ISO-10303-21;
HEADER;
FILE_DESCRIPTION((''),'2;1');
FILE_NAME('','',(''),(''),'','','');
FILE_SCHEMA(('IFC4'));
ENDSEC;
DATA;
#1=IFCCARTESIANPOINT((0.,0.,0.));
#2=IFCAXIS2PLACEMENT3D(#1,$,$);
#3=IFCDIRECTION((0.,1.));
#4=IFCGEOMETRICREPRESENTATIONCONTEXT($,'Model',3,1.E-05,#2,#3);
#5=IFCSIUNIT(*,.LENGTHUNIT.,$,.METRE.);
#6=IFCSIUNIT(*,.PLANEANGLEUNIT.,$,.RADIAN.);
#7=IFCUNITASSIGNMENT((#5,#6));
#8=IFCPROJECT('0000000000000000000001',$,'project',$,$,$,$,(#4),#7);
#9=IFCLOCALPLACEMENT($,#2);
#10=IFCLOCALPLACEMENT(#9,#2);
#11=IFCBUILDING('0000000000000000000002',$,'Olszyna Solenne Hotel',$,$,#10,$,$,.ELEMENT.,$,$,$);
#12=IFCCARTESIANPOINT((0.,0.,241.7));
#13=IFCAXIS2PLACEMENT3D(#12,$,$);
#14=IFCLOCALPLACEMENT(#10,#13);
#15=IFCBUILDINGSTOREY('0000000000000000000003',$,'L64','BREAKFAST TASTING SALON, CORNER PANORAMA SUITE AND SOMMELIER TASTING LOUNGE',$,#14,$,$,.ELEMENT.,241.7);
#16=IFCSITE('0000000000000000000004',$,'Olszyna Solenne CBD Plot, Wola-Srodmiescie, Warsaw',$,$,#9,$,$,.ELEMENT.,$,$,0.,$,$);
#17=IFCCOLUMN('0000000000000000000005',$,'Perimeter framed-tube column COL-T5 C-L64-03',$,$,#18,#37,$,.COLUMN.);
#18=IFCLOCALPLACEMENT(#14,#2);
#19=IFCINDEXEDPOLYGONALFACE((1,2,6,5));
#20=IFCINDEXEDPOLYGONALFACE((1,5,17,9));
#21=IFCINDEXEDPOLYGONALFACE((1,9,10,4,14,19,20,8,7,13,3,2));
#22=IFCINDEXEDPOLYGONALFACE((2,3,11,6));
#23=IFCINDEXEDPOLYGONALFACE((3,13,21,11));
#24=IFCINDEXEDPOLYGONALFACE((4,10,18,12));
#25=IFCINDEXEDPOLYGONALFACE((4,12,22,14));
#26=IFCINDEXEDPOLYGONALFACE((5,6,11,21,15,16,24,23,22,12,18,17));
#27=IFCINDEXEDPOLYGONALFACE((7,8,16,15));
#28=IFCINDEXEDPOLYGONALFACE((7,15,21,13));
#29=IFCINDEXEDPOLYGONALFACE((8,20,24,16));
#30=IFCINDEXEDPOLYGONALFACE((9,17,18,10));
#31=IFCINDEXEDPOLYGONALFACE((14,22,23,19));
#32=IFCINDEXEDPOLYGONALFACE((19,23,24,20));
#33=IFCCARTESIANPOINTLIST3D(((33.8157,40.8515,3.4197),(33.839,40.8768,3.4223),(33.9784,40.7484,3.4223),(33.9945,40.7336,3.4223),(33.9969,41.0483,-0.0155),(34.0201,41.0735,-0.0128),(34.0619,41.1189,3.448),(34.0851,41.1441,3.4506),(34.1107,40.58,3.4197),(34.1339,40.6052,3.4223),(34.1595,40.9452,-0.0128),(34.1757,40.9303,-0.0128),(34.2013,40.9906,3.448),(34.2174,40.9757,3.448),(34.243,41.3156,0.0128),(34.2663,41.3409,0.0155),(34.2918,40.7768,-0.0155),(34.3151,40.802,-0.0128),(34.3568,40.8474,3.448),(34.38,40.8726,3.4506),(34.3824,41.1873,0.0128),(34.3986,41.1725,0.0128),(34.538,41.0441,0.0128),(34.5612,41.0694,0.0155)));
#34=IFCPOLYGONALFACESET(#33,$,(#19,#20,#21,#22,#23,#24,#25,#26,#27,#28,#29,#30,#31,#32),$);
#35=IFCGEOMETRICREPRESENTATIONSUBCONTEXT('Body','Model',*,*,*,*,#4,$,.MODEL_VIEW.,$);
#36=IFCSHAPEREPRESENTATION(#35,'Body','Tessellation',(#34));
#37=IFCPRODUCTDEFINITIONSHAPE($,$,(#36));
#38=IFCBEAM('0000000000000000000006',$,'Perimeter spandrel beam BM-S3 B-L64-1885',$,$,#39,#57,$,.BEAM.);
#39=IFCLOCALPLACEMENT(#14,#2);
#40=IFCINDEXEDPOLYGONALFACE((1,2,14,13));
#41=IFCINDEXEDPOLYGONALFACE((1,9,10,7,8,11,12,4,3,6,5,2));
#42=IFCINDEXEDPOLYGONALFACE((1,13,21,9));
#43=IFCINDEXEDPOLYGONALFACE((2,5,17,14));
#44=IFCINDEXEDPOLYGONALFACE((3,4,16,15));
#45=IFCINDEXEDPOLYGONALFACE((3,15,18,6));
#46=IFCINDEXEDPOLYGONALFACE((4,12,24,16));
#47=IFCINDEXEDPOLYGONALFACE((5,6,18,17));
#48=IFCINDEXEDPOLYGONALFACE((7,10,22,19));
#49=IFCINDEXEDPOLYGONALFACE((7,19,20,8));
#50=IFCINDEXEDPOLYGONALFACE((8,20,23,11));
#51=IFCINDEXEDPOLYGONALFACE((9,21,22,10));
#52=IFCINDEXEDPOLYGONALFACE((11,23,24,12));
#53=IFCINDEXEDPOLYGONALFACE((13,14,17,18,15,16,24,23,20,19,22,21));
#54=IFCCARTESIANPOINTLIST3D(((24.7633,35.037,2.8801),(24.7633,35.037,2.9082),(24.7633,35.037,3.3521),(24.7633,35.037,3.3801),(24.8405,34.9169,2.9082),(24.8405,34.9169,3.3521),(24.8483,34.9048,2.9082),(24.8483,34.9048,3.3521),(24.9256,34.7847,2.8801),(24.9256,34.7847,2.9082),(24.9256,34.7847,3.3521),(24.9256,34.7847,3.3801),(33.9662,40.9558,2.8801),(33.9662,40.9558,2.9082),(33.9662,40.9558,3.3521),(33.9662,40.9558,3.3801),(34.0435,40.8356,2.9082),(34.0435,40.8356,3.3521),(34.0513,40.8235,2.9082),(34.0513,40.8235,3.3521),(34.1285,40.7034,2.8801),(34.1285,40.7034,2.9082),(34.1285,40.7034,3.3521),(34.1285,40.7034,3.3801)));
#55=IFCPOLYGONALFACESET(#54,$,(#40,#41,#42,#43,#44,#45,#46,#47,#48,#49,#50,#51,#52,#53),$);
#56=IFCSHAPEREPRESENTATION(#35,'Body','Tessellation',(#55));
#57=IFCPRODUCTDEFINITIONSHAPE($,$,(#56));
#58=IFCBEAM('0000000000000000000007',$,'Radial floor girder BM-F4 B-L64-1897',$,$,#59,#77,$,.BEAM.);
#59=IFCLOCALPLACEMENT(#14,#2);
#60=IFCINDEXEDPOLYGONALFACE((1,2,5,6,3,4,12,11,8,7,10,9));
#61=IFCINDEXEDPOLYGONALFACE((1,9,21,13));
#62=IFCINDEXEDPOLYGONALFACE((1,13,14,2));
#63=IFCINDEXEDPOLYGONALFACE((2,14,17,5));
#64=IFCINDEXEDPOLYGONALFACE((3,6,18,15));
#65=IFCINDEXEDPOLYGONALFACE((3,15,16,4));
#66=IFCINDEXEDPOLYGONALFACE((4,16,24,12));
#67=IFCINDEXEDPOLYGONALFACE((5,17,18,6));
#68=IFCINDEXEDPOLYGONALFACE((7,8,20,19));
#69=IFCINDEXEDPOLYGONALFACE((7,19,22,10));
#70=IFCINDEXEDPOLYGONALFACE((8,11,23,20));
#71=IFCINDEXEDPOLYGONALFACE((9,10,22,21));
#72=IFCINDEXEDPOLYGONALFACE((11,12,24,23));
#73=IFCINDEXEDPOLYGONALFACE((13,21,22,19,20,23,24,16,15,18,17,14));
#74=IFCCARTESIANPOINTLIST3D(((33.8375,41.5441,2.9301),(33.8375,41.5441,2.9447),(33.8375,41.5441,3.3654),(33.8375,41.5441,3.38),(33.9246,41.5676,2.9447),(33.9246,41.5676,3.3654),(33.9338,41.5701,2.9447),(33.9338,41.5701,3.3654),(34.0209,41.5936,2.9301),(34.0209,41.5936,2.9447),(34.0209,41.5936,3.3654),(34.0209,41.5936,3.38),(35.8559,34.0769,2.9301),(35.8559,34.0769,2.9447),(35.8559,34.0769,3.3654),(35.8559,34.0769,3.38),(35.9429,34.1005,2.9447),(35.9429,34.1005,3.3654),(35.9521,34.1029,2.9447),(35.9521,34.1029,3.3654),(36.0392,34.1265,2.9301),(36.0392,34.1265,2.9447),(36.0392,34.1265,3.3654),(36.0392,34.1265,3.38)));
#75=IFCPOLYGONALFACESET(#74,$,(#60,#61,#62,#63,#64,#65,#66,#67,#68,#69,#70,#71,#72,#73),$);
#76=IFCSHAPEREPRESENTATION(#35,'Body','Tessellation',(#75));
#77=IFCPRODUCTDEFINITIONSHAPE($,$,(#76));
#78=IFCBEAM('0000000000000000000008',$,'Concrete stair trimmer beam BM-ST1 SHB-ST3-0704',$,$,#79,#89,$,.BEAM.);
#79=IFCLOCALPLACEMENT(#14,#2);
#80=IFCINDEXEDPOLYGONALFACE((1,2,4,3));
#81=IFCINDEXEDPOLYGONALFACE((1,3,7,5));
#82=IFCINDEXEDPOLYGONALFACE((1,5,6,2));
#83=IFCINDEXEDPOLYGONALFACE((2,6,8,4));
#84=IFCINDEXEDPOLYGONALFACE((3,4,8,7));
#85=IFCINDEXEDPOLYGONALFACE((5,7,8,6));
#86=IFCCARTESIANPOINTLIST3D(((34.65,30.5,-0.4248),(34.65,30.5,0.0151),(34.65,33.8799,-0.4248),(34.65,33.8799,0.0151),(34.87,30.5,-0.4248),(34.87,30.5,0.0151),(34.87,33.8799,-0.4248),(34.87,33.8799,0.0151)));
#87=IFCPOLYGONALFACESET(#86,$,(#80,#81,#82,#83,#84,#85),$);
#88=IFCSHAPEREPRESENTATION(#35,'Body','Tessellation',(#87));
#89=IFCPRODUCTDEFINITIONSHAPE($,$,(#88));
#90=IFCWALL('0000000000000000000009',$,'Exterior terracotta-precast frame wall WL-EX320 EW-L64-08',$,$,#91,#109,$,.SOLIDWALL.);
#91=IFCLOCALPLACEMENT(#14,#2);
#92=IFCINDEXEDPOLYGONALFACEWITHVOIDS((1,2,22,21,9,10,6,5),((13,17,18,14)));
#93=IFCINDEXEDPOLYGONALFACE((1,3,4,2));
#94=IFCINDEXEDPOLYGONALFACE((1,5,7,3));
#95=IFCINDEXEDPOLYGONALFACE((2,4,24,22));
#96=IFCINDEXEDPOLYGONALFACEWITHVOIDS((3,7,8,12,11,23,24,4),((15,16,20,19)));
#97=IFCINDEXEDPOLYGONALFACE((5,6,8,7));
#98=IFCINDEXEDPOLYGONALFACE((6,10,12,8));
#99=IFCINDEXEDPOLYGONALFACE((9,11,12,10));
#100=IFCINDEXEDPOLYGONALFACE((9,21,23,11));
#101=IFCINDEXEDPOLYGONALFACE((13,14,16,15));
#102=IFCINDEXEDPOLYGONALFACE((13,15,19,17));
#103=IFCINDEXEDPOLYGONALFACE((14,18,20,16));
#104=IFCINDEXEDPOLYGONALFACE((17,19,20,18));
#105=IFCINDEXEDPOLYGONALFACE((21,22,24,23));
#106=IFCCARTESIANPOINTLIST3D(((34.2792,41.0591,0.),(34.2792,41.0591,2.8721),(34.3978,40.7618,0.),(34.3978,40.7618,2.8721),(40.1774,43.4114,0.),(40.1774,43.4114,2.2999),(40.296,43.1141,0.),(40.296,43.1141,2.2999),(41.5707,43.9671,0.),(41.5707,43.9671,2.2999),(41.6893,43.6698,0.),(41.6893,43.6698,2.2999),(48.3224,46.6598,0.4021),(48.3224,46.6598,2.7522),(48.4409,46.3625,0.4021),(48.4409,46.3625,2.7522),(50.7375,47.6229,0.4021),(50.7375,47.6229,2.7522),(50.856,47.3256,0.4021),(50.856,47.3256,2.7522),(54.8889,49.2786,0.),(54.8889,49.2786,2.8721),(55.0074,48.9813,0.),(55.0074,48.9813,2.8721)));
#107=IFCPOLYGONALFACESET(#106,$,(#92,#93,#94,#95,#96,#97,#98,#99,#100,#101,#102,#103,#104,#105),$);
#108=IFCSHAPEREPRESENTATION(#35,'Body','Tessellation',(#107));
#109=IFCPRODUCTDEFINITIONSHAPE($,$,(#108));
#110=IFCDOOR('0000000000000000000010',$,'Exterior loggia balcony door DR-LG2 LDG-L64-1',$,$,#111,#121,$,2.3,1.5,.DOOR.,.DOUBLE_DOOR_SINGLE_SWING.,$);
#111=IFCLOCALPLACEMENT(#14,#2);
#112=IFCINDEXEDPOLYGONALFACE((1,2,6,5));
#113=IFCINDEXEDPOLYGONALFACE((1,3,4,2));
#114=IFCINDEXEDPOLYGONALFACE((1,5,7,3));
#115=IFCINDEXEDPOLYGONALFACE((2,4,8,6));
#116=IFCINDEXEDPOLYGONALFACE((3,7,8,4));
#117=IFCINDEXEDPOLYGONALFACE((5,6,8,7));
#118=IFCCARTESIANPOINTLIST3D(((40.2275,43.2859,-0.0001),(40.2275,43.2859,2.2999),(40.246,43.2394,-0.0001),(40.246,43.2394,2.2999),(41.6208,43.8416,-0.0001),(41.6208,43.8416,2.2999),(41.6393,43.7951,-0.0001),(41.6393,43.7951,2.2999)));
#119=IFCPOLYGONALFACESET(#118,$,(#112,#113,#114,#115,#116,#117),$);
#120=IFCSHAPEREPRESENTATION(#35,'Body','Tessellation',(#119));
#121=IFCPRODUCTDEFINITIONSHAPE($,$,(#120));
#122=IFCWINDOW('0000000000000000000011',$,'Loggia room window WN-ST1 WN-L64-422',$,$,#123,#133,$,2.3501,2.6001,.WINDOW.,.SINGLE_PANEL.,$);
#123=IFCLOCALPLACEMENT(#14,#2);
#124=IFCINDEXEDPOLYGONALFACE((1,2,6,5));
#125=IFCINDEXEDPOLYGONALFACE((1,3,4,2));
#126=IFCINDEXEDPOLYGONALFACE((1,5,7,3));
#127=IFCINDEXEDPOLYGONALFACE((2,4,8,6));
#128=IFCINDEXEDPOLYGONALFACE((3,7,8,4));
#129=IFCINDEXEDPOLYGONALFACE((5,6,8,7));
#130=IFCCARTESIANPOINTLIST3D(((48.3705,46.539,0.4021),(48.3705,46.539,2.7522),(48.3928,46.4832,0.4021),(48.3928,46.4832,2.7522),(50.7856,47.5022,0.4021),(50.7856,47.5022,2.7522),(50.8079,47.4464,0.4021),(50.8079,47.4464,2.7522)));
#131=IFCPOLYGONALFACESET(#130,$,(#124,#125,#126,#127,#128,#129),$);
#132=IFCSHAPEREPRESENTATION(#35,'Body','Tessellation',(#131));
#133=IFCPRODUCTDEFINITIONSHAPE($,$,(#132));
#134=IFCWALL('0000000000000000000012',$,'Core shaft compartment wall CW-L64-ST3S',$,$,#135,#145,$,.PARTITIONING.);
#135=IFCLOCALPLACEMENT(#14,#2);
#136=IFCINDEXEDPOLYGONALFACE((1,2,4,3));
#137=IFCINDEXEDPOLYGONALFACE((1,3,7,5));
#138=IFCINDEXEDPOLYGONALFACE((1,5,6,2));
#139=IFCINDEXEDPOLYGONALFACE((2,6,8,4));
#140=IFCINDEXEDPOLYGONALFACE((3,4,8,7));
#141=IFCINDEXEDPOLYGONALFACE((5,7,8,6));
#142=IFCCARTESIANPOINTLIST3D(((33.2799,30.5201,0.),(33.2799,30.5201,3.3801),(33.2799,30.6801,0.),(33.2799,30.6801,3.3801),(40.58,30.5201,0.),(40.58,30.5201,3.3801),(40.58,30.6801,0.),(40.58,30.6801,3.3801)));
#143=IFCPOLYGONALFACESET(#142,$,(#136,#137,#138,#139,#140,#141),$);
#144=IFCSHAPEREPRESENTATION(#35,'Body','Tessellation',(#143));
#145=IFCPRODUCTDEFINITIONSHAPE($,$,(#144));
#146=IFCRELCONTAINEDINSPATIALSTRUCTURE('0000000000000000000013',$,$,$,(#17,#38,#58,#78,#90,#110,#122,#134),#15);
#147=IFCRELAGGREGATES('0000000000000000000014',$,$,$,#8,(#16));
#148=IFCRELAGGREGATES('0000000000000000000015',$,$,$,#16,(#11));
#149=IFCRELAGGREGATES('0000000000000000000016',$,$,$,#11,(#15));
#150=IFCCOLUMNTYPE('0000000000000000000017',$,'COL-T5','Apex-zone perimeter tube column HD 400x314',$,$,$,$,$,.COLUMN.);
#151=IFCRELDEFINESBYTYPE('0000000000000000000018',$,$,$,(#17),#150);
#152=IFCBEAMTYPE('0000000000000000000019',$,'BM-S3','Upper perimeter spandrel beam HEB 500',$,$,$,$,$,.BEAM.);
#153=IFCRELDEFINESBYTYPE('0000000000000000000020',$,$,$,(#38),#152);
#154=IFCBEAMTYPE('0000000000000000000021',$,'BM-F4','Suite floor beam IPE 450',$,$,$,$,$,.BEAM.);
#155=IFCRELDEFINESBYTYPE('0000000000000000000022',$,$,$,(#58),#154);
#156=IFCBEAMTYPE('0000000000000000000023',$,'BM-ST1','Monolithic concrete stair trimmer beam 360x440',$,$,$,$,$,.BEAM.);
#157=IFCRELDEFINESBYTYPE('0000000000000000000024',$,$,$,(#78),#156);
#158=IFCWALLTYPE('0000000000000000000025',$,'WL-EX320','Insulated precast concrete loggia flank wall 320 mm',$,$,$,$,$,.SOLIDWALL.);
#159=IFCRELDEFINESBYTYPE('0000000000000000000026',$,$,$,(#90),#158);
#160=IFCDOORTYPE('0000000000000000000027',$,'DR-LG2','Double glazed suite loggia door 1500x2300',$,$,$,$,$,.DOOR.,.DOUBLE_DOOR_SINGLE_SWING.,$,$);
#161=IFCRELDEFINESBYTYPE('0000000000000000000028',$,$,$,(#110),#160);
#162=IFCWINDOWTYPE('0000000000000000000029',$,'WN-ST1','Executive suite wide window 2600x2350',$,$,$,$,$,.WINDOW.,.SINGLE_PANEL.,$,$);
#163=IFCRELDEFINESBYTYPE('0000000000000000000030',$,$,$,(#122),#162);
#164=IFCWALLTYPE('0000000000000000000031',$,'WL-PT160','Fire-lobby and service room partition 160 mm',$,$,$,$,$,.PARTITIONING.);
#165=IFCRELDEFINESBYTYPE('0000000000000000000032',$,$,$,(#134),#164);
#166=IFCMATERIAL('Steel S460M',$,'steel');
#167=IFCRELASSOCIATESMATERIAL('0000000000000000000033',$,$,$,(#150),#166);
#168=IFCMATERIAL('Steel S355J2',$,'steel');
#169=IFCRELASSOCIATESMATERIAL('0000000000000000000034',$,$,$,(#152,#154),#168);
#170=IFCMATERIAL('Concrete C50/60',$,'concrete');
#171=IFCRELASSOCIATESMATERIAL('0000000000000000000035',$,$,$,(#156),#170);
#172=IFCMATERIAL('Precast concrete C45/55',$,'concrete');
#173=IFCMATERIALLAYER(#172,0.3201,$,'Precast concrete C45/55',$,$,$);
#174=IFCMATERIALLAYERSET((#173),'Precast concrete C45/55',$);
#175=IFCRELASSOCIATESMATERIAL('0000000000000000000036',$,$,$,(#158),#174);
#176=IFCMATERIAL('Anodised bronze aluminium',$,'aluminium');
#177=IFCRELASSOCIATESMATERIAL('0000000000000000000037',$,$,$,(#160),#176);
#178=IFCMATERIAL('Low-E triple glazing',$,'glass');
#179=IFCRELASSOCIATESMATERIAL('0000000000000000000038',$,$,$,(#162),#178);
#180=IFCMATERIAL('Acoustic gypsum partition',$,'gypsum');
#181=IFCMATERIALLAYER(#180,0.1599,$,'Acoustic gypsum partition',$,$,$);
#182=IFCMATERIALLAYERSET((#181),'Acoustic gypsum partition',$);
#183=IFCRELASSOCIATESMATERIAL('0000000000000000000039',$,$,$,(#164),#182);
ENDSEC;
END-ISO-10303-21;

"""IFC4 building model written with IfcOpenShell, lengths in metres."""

from ifc_helpers import new_model, si_unit, direction, frame, frame_2d, origin, origin_2d, place, context, subcontext, project, spatial, rectangle, i_section, extrude, source, transform, mapped, material, layer, layer_set, material_profile, profile_set, type_object, type_shapes, element, fill, save


model = new_model("IFC4")

# Units and contexts
model_context = context("Model", 3, precision=1e-05, world=origin(), true_north=direction((0.0, 1.0)))
body_context = subcontext(model_context, "Body", "Model", "MODEL_VIEW")
ifc_project = project(units=[si_unit("LENGTHUNIT", "METRE"), si_unit("PLANEANGLEUNIT", "RADIAN")], contexts=[model_context])

# Site, building, storey
site_placement = place(None, origin())
site = spatial("IfcSite", under=ifc_project, at=site_placement, Name="Olszyna Solenne CBD Plot, Wola-Srodmiescie, Warsaw", CompositionType="ELEMENT", RefElevation=0.0)
building_placement = place(site_placement, origin())
building = spatial("IfcBuilding", under=site, at=building_placement, Name="Olszyna Solenne Hotel", CompositionType="ELEMENT")
storey_placement = place(building_placement, frame((0.0, 0.0, 241.7)))
storey = spatial("IfcBuildingStorey", under=building, at=storey_placement, Name="L64", Description="BREAKFAST TASTING SALON, CORNER PANORAMA SUITE AND SOMMELIER TASTING LOUNGE", CompositionType="ELEMENT", Elevation=241.7)

# Column
ifc_material_1 = material(Name="Steel S460M", Category="steel")
ifc_material_profile_1 = material_profile(ifc_material_1, i_section(OverallWidth=0.4009, OverallDepth=0.3989, WebThickness=0.022, FlangeThickness=0.0344, at=origin_2d()), Name="HD 400x314", Category="load-bearing")
ifc_profile_set_1 = profile_set([ifc_material_profile_1], Name="Steel S460M")
column_type = type_object("IfcColumnType", Name="COL-T5", Description="Apex-zone perimeter tube column HD 400x314", PredefinedType="COLUMN", material=ifc_profile_set_1)
shared_shape_1 = source(origin(), body_context, "Body", "SweptSolid", [
    extrude(i_section(OverallWidth=0.4009, OverallDepth=0.3989, WebThickness=0.022, FlangeThickness=0.0344, at=origin_2d()), origin(), (0.0, 0.0, 1.0), 3.4456),
])
column_placement = place(storey_placement, frame((34.2791, 41.0588, 0.0), z_axis=(-0.052577, -0.057112, 0.996982), x_axis=(0.735713, -0.677294, 0.0)))
element("IfcColumn", 1, at=column_placement, inside=storey, type_object=column_type, Name="Perimeter framed-tube column COL-T5 C-L64-03", PredefinedType="COLUMN", context=body_context, shape_type="MappedRepresentation", body=[
    mapped(shared_shape_1, transform((0.0, 0.0, 0.0), x_axis=(1.0, 0.0, 0.0), y_axis=(0.0, 1.0, 0.0), z_axis=(0.0, 0.0, 1.0), scale=1.0)),
])

# Beams
ifc_material_2 = material(Name="Steel S355J2", Category="steel")
ifc_material_profile_2 = material_profile(ifc_material_2, i_section(OverallWidth=0.3, OverallDepth=0.5, WebThickness=0.0144, FlangeThickness=0.0281, at=origin_2d()), Name="HEB 500", Category="load-bearing")
ifc_profile_set_2 = profile_set([ifc_material_profile_2], Name="Steel S355J2")
beam_type_1 = type_object("IfcBeamType", Name="BM-S3", Description="Upper perimeter spandrel beam HEB 500", PredefinedType="BEAM", material=ifc_profile_set_2)
shared_shape_2 = source(origin(), body_context, "Body", "SweptSolid", [
    extrude(i_section(OverallWidth=0.3, OverallDepth=0.5, WebThickness=0.0144, FlangeThickness=0.0281, at=origin_2d()), origin(), (0.0, 0.0, 1.0), 10.9419),
])
beam_1_placement = place(storey_placement, frame((34.0474, 40.8296, 3.1301), z_axis=(-0.841072, -0.540923, 0.0), x_axis=(0.540923, -0.841072, 0.0)))
element("IfcBeam", 2, at=beam_1_placement, inside=storey, type_object=beam_type_1, Name="Perimeter spandrel beam BM-S3 B-L64-1885", PredefinedType="BEAM", context=body_context, shape_type="MappedRepresentation", body=[
    mapped(shared_shape_2, transform((0.0, 0.0, 0.0), x_axis=(1.0, 0.0, 0.0), y_axis=(0.0, 1.0, 0.0), z_axis=(0.0, 0.0, 1.0), scale=1.0)),
])
ifc_material_profile_3 = material_profile(ifc_material_2, i_section(OverallWidth=0.1899, OverallDepth=0.45, WebThickness=0.0095, FlangeThickness=0.0146, at=origin_2d()), Name="IPE 450", Category="load-bearing")
ifc_profile_set_3 = profile_set([ifc_material_profile_3], Name="Steel S355J2")
beam_type_2 = type_object("IfcBeamType", Name="BM-F4", Description="Suite floor beam IPE 450", PredefinedType="BEAM", material=ifc_profile_set_3)
shared_shape_3 = source(origin(), body_context, "Body", "SweptSolid", [
    extrude(i_section(OverallWidth=0.1899, OverallDepth=0.45, WebThickness=0.0095, FlangeThickness=0.0146, at=origin_2d()), origin(), (0.0, 0.0, 1.0), 7.7351),
])
beam_2_placement = place(storey_placement, frame((33.9292, 41.5688, 3.155), z_axis=(0.260932, -0.965357, 0.0), x_axis=(0.965357, 0.260932, 0.0)))
element("IfcBeam", 3, at=beam_2_placement, inside=storey, type_object=beam_type_2, Name="Radial floor girder BM-F4 B-L64-1897", PredefinedType="BEAM", context=body_context, shape_type="MappedRepresentation", body=[
    mapped(shared_shape_3, transform((0.0, 0.0, 0.0), x_axis=(1.0, 0.0, 0.0), y_axis=(0.0, 1.0, 0.0), z_axis=(0.0, 0.0, 1.0), scale=1.0)),
])
ifc_material_3 = material(Name="Concrete C50/60", Category="concrete")
ifc_material_profile_4 = material_profile(ifc_material_3, rectangle(XDim=0.22, YDim=0.4399, at=origin_2d()), Name="RC 220x440", Category="load-bearing")
ifc_profile_set_4 = profile_set([ifc_material_profile_4], Name="Concrete C50/60")
beam_type_3 = type_object("IfcBeamType", Name="BM-ST1", Description="Monolithic concrete stair trimmer beam 360x440", PredefinedType="BEAM", material=ifc_profile_set_4)
shared_shape_4 = source(origin(), body_context, "Body", "SweptSolid", [
    extrude(rectangle(XDim=0.22, YDim=0.4399, at=origin_2d()), origin(), (0.0, 0.0, 1.0), 3.3799),
])
beam_3_placement = place(storey_placement, frame((34.76, 30.5, -0.2048), z_axis=(0.0, 1.0, 0.0), x_axis=(-1.0, 0.0, 0.0)))
element("IfcBeam", 4, at=beam_3_placement, inside=storey, type_object=beam_type_3, Name="Concrete stair trimmer beam BM-ST1 SHB-ST3-0704", PredefinedType="BEAM", context=body_context, shape_type="MappedRepresentation", body=[
    mapped(shared_shape_4, transform((0.0, 0.0, 0.0), x_axis=(1.0, 0.0, 0.0), y_axis=(0.0, 1.0, 0.0), z_axis=(0.0, 0.0, 1.0), scale=1.0)),
])

# Wall, openings, door, window
ifc_material_4 = material(Name="Precast concrete C45/55", Category="concrete")
ifc_layer_1 = layer(ifc_material_4, 0.3201, Name="Precast concrete C45/55")
ifc_layer_set_1 = layer_set([ifc_layer_1], Name="Precast concrete C45/55")
wall_type_1 = type_object("IfcWallType", Name="WL-EX320", Description="Insulated precast concrete loggia flank wall 320 mm", PredefinedType="SOLIDWALL", material=ifc_layer_set_1)
wall_1_placement = place(storey_placement, frame((34.3384, 40.9104, 0.0), z_axis=(0.0, 0.0, 1.0), x_axis=(0.928855, 0.370444, 0.0)))
wall_1 = element("IfcWall", 5, at=wall_1_placement, inside=storey, type_object=wall_type_1, Name="Exterior terracotta-precast frame wall WL-EX320 EW-L64-08", PredefinedType="SOLIDWALL", context=body_context, shape_type="SweptSolid", body=[
    extrude(rectangle(XDim=22.1882, YDim=0.3201, at=frame_2d((11.0942, 0.0))), origin(), (0.0, 0.0, 1.0), 2.8721),
])
opening_1_placement = place(wall_1_placement, frame((6.3501, 0.0, 0.0)))
opening_1 = element("IfcOpeningElement", 6, at=opening_1_placement, cuts=wall_1, PredefinedType="OPENING", context=body_context, shape_type="SweptSolid", body=[
    extrude(rectangle(XDim=1.5, YDim=2.3, at=frame_2d((0.75, 1.1499))), frame((0.0, 0.1699, 0.0), z_axis=(0.0, -1.0, 0.0), x_axis=(1.0, 0.0, 0.0)), (0.0, 0.0, 1.0), 0.3401),
])
opening_2_placement = place(wall_1_placement, frame((15.1189, 0.0, 0.4021)))
opening_2 = element("IfcOpeningElement", 7, at=opening_2_placement, cuts=wall_1, PredefinedType="OPENING", context=body_context, shape_type="SweptSolid", body=[
    extrude(rectangle(XDim=2.6001, YDim=2.3501, at=frame_2d((1.3, 1.175))), frame((0.0, 0.1699, 0.0), z_axis=(0.0, -1.0, 0.0), x_axis=(1.0, 0.0, 0.0)), (0.0, 0.0, 1.0), 0.3401),
])
ifc_material_5 = material(Name="Anodised bronze aluminium", Category="aluminium")
door_type_1 = type_object("IfcDoorType", Name="DR-LG2", Description="Double glazed suite loggia door 1500x2300", OperationType="DOUBLE_DOOR_SINGLE_SWING", PredefinedType="DOOR", material=ifc_material_5)
shared_shape_5 = source(origin(), body_context, "Body", "SweptSolid", [
    extrude(rectangle(XDim=1.5, YDim=2.3, at=frame_2d((0.75, 1.1499))), frame((0.0, 0.0249, 0.0), z_axis=(0.0, -1.0, 0.0), x_axis=(1.0, 0.0, 0.0)), (0.0, 0.0, 1.0), 0.05),
])
type_shapes(door_type_1, [shared_shape_5])
door_1_placement = place(opening_1_placement, origin())
door_1 = element("IfcDoor", 8, at=door_1_placement, inside=storey, type_object=door_type_1, Name="Exterior loggia balcony door DR-LG2 LDG-L64-1", OperationType="DOUBLE_DOOR_SINGLE_SWING", OverallHeight=2.3, OverallWidth=1.5, PredefinedType="DOOR", context=body_context, shape_type="MappedRepresentation", body=[
    mapped(shared_shape_5, transform((0.0, 0.0, 0.0), x_axis=(1.0, 0.0, 0.0), y_axis=(0.0, 1.0, 0.0), z_axis=(0.0, 0.0, 1.0), scale=1.0)),
])
fill(opening_1, door_1)
ifc_material_6 = material(Name="Low-E triple glazing", Category="glass")
window_type = type_object("IfcWindowType", Name="WN-ST1", Description="Executive suite wide window 2600x2350", PartitioningType="SINGLE_PANEL", PredefinedType="WINDOW", material=ifc_material_6)
shared_shape_6 = source(origin(), body_context, "Body", "SweptSolid", [
    extrude(rectangle(XDim=2.6001, YDim=2.3501, at=frame_2d((1.3, 1.175))), frame((0.0, 0.03, 0.0), z_axis=(0.0, -1.0, 0.0), x_axis=(1.0, 0.0, 0.0)), (0.0, 0.0, 1.0), 0.0601),
])
type_shapes(window_type, [shared_shape_6])
window_placement = place(opening_2_placement, origin())
window = element("IfcWindow", 9, at=window_placement, inside=storey, type_object=window_type, Name="Loggia room window WN-ST1 WN-L64-422", OverallHeight=2.3501, OverallWidth=2.6001, PartitioningType="SINGLE_PANEL", PredefinedType="WINDOW", context=body_context, shape_type="MappedRepresentation", body=[
    mapped(shared_shape_6, transform((0.0, 0.0, 0.0), x_axis=(1.0, 0.0, 0.0), y_axis=(0.0, 1.0, 0.0), z_axis=(0.0, 0.0, 1.0), scale=1.0)),
])
fill(opening_2, window)

# Wall
ifc_material_7 = material(Name="Acoustic gypsum partition", Category="gypsum")
ifc_layer_2 = layer(ifc_material_7, 0.1599, Name="Acoustic gypsum partition")
ifc_layer_set_2 = layer_set([ifc_layer_2], Name="Acoustic gypsum partition")
wall_type_2 = type_object("IfcWallType", Name="WL-PT160", Description="Fire-lobby and service room partition 160 mm", PredefinedType="PARTITIONING", material=ifc_layer_set_2)
wall_2_placement = place(storey_placement, frame((33.28, 30.6001, 0.0), z_axis=(0.0, 0.0, 1.0), x_axis=(1.0, 0.0, 0.0)))
element("IfcWall", 10, at=wall_2_placement, inside=storey, type_object=wall_type_2, Name="Core shaft compartment wall CW-L64-ST3S", PredefinedType="PARTITIONING", context=body_context, shape_type="SweptSolid", body=[
    extrude(rectangle(XDim=7.3, YDim=0.1599, at=frame_2d((3.6499, 0.0))), origin(), (0.0, 0.0, 1.0), 3.3801),
])

save(model, "model.ifc")
